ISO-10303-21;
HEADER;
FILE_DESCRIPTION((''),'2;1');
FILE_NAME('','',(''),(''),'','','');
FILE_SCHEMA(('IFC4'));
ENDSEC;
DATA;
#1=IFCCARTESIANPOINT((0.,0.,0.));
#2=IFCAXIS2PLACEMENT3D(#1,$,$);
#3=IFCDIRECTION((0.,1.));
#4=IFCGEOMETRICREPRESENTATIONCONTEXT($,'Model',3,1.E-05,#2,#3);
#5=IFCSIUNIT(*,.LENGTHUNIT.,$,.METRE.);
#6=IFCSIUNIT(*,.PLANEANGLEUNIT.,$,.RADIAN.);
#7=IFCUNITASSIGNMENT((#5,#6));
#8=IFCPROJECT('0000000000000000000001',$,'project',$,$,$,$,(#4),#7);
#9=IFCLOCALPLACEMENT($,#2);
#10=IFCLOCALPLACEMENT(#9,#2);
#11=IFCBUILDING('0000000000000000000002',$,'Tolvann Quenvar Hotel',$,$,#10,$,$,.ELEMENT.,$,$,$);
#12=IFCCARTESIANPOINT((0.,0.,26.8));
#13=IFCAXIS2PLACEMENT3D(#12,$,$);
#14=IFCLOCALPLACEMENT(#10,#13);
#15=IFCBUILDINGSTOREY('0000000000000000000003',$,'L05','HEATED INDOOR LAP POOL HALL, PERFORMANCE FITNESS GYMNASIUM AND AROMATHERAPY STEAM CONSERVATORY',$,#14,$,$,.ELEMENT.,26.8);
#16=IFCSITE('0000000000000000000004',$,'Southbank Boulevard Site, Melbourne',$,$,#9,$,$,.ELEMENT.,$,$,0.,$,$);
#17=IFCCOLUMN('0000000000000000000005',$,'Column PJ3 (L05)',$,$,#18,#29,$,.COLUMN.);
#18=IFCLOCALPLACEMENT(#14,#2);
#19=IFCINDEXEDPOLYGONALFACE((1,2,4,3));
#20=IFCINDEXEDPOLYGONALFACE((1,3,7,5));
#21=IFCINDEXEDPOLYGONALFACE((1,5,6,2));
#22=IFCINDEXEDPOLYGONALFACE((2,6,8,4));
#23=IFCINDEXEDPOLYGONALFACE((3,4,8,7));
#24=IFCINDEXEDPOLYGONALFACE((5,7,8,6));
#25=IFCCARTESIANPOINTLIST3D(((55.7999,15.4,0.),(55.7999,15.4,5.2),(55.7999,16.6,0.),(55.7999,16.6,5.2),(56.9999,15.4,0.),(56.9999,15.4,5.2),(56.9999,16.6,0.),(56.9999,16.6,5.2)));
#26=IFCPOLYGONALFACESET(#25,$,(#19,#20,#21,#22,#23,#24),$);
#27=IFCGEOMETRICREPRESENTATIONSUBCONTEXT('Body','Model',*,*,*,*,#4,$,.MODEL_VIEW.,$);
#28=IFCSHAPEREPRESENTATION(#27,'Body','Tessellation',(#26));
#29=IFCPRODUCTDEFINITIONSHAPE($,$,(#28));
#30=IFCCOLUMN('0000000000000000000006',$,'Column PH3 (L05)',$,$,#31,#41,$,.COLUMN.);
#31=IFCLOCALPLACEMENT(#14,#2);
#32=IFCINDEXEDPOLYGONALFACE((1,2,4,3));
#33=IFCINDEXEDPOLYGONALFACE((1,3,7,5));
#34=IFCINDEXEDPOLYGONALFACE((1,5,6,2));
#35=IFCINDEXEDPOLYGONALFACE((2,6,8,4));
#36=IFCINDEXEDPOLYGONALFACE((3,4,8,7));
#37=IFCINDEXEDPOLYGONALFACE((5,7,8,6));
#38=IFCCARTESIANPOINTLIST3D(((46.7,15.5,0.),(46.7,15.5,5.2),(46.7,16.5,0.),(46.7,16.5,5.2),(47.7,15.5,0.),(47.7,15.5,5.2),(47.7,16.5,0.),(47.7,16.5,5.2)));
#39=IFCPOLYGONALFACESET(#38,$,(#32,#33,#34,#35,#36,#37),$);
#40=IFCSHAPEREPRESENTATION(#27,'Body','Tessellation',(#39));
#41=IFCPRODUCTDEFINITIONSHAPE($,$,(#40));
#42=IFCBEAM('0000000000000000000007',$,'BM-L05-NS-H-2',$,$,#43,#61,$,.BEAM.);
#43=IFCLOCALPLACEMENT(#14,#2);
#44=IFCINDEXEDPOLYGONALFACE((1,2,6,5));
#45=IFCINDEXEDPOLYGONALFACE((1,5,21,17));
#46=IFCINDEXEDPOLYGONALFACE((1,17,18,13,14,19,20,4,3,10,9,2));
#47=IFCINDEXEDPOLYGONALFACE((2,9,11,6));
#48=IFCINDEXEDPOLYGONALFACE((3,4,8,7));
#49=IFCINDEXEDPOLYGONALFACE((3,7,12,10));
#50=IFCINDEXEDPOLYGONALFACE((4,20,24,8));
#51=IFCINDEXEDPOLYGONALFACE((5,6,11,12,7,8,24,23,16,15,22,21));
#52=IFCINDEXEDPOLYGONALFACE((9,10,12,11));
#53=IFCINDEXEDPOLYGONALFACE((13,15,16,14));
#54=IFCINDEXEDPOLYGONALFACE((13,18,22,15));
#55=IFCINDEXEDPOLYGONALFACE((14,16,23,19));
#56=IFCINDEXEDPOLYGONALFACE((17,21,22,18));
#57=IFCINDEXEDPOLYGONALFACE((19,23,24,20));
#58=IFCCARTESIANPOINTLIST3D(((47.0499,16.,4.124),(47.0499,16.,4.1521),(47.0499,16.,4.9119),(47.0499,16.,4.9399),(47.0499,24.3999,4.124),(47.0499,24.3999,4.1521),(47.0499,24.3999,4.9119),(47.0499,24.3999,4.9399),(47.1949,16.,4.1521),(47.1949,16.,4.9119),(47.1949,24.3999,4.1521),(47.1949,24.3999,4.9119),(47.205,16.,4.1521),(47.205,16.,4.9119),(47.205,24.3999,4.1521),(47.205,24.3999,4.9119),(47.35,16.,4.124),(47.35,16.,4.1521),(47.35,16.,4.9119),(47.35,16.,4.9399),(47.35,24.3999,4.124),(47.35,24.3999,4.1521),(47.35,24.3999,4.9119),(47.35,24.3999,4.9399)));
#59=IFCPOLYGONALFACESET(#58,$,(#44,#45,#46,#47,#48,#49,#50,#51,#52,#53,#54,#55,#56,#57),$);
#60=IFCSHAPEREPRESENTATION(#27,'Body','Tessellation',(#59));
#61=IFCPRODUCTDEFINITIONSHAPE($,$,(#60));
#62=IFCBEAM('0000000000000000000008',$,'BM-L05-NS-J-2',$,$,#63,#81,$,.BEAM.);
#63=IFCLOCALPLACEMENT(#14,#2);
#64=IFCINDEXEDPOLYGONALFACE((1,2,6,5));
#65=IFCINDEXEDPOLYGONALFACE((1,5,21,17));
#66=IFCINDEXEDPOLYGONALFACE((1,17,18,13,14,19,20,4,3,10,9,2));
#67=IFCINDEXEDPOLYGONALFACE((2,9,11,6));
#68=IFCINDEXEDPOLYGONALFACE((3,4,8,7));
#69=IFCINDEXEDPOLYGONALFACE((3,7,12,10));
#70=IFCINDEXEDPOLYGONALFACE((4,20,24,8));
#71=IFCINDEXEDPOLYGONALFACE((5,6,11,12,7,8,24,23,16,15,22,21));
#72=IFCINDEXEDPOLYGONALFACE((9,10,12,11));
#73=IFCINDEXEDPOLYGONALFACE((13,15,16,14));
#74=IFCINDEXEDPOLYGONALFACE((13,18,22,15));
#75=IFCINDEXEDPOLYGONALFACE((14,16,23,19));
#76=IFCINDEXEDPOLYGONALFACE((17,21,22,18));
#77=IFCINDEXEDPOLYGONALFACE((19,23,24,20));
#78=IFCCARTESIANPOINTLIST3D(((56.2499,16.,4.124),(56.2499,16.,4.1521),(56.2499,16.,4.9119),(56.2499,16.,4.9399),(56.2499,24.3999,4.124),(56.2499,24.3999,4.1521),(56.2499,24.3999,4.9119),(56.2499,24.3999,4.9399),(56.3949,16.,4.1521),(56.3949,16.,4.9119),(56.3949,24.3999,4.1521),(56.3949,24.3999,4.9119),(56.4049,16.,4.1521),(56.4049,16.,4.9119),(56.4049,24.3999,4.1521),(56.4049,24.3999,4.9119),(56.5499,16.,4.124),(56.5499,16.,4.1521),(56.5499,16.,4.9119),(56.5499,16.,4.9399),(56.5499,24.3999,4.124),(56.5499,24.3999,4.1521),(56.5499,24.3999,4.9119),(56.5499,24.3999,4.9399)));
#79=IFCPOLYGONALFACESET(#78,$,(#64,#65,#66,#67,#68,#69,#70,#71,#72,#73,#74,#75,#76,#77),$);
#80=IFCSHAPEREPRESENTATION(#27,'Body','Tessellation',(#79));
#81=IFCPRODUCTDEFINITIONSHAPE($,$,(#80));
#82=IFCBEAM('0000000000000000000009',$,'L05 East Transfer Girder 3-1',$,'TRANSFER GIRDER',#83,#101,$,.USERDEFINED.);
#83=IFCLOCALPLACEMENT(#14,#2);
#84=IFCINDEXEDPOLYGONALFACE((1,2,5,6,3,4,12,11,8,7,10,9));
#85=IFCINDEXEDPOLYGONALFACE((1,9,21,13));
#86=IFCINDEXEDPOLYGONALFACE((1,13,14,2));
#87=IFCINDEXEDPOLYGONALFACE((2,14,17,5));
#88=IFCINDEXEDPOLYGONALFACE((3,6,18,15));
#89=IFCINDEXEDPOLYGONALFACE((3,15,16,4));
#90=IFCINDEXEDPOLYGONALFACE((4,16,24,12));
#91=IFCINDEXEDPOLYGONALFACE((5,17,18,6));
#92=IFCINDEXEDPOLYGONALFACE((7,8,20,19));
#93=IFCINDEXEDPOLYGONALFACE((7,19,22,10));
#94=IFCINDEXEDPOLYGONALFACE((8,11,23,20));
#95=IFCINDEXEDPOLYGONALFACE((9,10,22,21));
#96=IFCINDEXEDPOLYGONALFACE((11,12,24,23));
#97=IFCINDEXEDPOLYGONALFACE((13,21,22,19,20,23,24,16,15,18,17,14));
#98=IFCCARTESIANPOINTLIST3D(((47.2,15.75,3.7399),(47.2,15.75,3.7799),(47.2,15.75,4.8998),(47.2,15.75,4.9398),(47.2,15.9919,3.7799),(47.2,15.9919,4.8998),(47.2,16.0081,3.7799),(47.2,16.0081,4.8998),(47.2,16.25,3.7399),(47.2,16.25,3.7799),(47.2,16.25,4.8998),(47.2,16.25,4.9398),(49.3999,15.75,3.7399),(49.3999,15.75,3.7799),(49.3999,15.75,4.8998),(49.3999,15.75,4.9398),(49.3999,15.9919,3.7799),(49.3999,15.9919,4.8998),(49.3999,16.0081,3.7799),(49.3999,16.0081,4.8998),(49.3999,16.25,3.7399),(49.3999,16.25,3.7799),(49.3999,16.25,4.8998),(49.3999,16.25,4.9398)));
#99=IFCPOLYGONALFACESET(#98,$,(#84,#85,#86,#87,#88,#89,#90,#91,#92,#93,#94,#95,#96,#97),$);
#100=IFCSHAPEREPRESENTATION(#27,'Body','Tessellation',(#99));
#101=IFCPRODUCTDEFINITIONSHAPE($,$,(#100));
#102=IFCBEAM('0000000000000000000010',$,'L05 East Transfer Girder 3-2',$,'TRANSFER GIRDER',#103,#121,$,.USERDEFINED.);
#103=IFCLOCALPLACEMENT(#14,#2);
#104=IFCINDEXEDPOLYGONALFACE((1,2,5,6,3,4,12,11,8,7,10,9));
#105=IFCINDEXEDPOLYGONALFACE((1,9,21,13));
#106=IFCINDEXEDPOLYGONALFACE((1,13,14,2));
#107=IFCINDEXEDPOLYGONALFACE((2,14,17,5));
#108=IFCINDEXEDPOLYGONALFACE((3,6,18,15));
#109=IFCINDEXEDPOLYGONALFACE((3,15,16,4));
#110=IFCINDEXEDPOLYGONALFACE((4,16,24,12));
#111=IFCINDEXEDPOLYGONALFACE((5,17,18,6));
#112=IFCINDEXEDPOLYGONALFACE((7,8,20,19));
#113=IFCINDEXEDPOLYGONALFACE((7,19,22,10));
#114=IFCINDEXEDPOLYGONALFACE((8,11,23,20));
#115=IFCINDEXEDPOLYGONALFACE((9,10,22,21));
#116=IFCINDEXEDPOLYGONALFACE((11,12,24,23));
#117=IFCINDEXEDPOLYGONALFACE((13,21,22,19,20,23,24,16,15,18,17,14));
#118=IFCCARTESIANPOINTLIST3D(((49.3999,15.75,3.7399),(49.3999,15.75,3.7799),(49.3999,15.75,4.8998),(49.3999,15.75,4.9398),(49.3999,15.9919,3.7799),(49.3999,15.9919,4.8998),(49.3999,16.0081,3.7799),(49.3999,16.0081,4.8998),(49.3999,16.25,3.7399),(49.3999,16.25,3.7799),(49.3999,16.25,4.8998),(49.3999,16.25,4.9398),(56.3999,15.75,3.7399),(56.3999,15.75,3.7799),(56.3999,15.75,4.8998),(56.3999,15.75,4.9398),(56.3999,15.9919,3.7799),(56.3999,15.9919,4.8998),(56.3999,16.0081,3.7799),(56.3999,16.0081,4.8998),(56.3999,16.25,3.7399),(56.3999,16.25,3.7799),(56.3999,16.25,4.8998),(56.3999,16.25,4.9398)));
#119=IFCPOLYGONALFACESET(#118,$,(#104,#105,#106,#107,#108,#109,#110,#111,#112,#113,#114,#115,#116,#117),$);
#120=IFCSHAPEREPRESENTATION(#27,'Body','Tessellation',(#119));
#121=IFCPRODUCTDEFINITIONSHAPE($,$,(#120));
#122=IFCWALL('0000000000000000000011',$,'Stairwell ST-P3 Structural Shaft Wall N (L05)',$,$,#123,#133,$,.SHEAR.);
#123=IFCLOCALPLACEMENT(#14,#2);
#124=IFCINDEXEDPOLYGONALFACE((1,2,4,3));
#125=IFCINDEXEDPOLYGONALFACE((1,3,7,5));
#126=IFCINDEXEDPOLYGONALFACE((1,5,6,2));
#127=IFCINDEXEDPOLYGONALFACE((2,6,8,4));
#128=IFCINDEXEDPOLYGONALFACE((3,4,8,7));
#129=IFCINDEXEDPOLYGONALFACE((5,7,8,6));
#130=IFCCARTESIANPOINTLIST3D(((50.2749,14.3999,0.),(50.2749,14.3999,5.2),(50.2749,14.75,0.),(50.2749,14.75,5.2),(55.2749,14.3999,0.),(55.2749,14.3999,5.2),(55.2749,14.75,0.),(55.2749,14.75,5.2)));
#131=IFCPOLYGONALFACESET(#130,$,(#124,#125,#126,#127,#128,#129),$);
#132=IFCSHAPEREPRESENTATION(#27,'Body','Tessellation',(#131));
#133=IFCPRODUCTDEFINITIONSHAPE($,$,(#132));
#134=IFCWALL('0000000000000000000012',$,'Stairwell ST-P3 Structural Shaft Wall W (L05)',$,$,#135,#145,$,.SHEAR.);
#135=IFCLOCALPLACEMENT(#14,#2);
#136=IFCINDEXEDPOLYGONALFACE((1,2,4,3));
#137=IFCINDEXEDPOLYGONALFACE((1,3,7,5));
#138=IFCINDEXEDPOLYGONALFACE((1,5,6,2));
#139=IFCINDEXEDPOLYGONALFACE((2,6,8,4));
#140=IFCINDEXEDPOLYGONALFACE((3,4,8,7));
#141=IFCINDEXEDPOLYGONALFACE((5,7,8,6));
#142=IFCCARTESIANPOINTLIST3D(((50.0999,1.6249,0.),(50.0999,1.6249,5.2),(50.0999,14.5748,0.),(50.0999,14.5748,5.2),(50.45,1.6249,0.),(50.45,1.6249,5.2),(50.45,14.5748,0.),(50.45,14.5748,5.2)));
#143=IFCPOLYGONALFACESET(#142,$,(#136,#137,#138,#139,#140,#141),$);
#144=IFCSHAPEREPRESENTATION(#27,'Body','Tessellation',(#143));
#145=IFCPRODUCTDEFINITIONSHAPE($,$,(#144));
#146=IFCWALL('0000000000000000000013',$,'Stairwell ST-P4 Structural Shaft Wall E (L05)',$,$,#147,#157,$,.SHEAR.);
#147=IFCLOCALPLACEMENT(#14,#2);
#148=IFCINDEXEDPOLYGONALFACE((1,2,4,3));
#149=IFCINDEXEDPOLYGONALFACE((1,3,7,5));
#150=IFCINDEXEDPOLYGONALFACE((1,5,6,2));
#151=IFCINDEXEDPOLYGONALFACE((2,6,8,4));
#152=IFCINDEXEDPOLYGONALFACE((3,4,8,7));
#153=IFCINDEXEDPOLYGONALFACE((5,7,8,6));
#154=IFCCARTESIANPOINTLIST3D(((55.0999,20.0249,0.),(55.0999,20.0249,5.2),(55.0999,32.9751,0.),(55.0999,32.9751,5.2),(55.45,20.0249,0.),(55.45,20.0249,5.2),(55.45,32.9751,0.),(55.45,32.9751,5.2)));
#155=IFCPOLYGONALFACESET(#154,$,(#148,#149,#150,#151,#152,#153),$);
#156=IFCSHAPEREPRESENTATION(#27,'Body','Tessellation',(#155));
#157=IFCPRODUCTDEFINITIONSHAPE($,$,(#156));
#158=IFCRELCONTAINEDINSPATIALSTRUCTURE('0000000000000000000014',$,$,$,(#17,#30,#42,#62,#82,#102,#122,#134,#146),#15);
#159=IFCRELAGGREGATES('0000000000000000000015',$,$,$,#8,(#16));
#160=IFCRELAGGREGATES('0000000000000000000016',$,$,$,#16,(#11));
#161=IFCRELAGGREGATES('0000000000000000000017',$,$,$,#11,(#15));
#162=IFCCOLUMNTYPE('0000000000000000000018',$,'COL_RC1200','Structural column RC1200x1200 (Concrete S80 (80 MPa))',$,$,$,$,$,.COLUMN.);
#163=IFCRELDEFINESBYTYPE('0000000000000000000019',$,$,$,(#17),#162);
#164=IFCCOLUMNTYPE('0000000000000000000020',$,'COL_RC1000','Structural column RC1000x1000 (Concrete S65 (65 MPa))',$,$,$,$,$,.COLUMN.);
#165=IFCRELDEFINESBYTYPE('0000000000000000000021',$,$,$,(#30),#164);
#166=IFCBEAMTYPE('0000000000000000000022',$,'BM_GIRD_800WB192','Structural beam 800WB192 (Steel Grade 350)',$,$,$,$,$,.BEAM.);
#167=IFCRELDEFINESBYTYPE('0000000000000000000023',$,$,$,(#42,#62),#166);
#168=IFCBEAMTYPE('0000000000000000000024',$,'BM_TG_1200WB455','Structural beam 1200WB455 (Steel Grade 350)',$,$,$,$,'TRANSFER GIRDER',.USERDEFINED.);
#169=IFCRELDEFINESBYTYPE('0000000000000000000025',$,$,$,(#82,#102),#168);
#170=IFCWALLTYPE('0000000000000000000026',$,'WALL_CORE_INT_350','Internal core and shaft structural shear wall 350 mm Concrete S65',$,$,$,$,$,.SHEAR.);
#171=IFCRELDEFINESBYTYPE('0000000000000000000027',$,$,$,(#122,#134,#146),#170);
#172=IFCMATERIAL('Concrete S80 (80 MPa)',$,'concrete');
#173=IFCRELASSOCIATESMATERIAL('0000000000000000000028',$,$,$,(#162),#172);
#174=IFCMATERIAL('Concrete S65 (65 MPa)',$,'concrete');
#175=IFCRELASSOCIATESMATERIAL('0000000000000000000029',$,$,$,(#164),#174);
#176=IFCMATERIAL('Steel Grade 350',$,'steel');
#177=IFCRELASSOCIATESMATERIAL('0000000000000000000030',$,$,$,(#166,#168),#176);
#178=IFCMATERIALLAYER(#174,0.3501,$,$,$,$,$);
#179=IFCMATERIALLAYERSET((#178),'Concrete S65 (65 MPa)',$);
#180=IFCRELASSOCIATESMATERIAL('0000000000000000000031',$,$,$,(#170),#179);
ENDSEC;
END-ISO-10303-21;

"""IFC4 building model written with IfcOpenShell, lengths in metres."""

from ifc_helpers import new_model, si_unit, direction, frame, frame_2d, origin, origin_2d, place, context, subcontext, project, spatial, rectangle, i_section, extrude, source, transform, mapped, material, layer, layer_set, material_profile, profile_set, type_object, type_shapes, element, save


model = new_model("IFC4")

# Units and contexts
model_context = context("Model", 3, precision=1e-05, world=origin(), true_north=direction((0.0, 1.0)))
body_context = subcontext(model_context, "Body", "Model", "MODEL_VIEW")
ifc_project = project(units=[si_unit("LENGTHUNIT", "METRE"), si_unit("PLANEANGLEUNIT", "RADIAN")], contexts=[model_context])

# Site, building, storey
site_placement = place(None, origin())
site = spatial("IfcSite", under=ifc_project, at=site_placement, Name="Southbank Boulevard Site, Melbourne", CompositionType="ELEMENT", RefElevation=0.0)
building_placement = place(site_placement, origin())
building = spatial("IfcBuilding", under=site, at=building_placement, Name="Tolvann Quenvar Hotel", CompositionType="ELEMENT")
storey_placement = place(building_placement, frame((0.0, 0.0, 26.8)))
storey = spatial("IfcBuildingStorey", under=building, at=storey_placement, Name="L05", Description="HEATED INDOOR LAP POOL HALL, PERFORMANCE FITNESS GYMNASIUM AND AROMATHERAPY STEAM CONSERVATORY", CompositionType="ELEMENT", Elevation=26.8)

# Columns
ifc_material_1 = material(Name="Concrete S80 (80 MPa)", Category="concrete")
ifc_material_profile_1 = material_profile(ifc_material_1, rectangle(XDim=1.2, YDim=1.2, at=origin_2d()), Name="RC1200x1200")
ifc_profile_set_1 = profile_set([ifc_material_profile_1], Name="Concrete S80 (80 MPa)")
column_type_1 = type_object("IfcColumnType", Name="COL_RC1200", Description="Structural column RC1200x1200 (Concrete S80 (80 MPa))", PredefinedType="COLUMN", material=ifc_profile_set_1)
shared_shape_1 = source(origin(), body_context, "Body", "SweptSolid", [
    extrude(rectangle(XDim=1.2, YDim=1.2, at=origin_2d()), origin(), (0.0, 0.0, 1.0), 5.2),
])
type_shapes(column_type_1, [shared_shape_1])
column_1_placement = place(storey_placement, frame((56.3999, 16.0, 0.0), z_axis=(0.0, 0.0, 1.0), x_axis=(1.0, 0.0, 0.0)))
element("IfcColumn", 1, at=column_1_placement, inside=storey, type_object=column_type_1, Name="Column PJ3 (L05)", PredefinedType="COLUMN", context=body_context, shape_type="MappedRepresentation", body=[
    mapped(shared_shape_1, transform((0.0, 0.0, 0.0), x_axis=(1.0, 0.0, 0.0), y_axis=(0.0, 1.0, 0.0), z_axis=(0.0, 0.0, 1.0), scale=1.0)),
])
ifc_material_2 = material(Name="Concrete S65 (65 MPa)", Category="concrete")
ifc_material_profile_2 = material_profile(ifc_material_2, rectangle(XDim=1.0, YDim=1.0, at=origin_2d()), Name="RC1000x1000")
ifc_profile_set_2 = profile_set([ifc_material_profile_2], Name="Concrete S65 (65 MPa)")
column_type_2 = type_object("IfcColumnType", Name="COL_RC1000", Description="Structural column RC1000x1000 (Concrete S65 (65 MPa))", PredefinedType="COLUMN", material=ifc_profile_set_2)
shared_shape_2 = source(origin(), body_context, "Body", "SweptSolid", [
    extrude(rectangle(XDim=1.0, YDim=1.0, at=origin_2d()), origin(), (0.0, 0.0, 1.0), 5.2),
])
type_shapes(column_type_2, [shared_shape_2])
column_2_placement = place(storey_placement, frame((47.2, 16.0, 0.0), z_axis=(0.0, 0.0, 1.0), x_axis=(1.0, 0.0, 0.0)))
element("IfcColumn", 2, at=column_2_placement, inside=storey, type_object=column_type_2, Name="Column PH3 (L05)", PredefinedType="COLUMN", context=body_context, shape_type="MappedRepresentation", body=[
    mapped(shared_shape_2, transform((0.0, 0.0, 0.0), x_axis=(1.0, 0.0, 0.0), y_axis=(0.0, 1.0, 0.0), z_axis=(0.0, 0.0, 1.0), scale=1.0)),
])

# Beams
ifc_material_3 = material(Name="Steel Grade 350", Category="steel")
ifc_material_profile_3 = material_profile(ifc_material_3, i_section(OverallWidth=0.3, OverallDepth=0.8159, WebThickness=0.01, FlangeThickness=0.0281, at=origin_2d()), Name="800WB192")
ifc_profile_set_3 = profile_set([ifc_material_profile_3], Name="Steel Grade 350")
beam_type_1 = type_object("IfcBeamType", Name="BM_GIRD_800WB192", Description="Structural beam 800WB192 (Steel Grade 350)", PredefinedType="BEAM", material=ifc_profile_set_3)
shared_shape_3 = source(origin(), body_context, "Body", "SweptSolid", [
    extrude(i_section(OverallWidth=0.3, OverallDepth=0.8159, WebThickness=0.01, FlangeThickness=0.0281, at=origin_2d()), origin(), (0.0, 0.0, 1.0), 8.3999),
])
type_shapes(beam_type_1, [shared_shape_3])
for number, where, z_axis, x_axis, name in (
    (3, (47.2, 16.0, 4.532), (0.0, 1.0, 0.0), (-1.0, 0.0, 0.0), "BM-L05-NS-H-2"),
    (4, (56.3999, 16.0, 4.532), (0.0, 1.0, 0.0), (-1.0, 0.0, 0.0), "BM-L05-NS-J-2"),
):
    element("IfcBeam", number, at=place(storey_placement, frame(where, z_axis=z_axis, x_axis=x_axis)), inside=storey, type_object=beam_type_1, Name=name, PredefinedType="BEAM", context=body_context, shape_type="MappedRepresentation", body=[
        mapped(shared_shape_3, transform((0.0, 0.0, 0.0), x_axis=(1.0, 0.0, 0.0), y_axis=(0.0, 1.0, 0.0), z_axis=(0.0, 0.0, 1.0), scale=1.0)),
    ])
ifc_material_profile_4 = material_profile(ifc_material_3, i_section(OverallWidth=0.5, OverallDepth=1.2, WebThickness=0.0161, FlangeThickness=0.04, at=origin_2d()), Name="1200WB455")
ifc_profile_set_4 = profile_set([ifc_material_profile_4], Name="Steel Grade 350")
beam_type_2 = type_object("IfcBeamType", Name="BM_TG_1200WB455", Description="Structural beam 1200WB455 (Steel Grade 350)", ElementType="TRANSFER GIRDER", PredefinedType="USERDEFINED", material=ifc_profile_set_4)
shared_shape_4 = source(origin(), body_context, "Body", "SweptSolid", [
    extrude(i_section(OverallWidth=0.5, OverallDepth=1.2, WebThickness=0.0161, FlangeThickness=0.04, at=origin_2d()), origin(), (0.0, 0.0, 1.0), 2.2),
])
beam_1_placement = place(storey_placement, frame((47.2, 16.0, 4.3398), z_axis=(1.0, 0.0, 0.0), x_axis=(0.0, 1.0, 0.0)))
element("IfcBeam", 5, at=beam_1_placement, inside=storey, type_object=beam_type_2, Name="L05 East Transfer Girder 3-1", ObjectType="TRANSFER GIRDER", PredefinedType="USERDEFINED", context=body_context, shape_type="MappedRepresentation", body=[
    mapped(shared_shape_4, transform((0.0, 0.0, 0.0), x_axis=(1.0, 0.0, 0.0), y_axis=(0.0, 1.0, 0.0), z_axis=(0.0, 0.0, 1.0), scale=1.0)),
])
shared_shape_5 = source(origin(), body_context, "Body", "SweptSolid", [
    extrude(i_section(OverallWidth=0.5, OverallDepth=1.2, WebThickness=0.0161, FlangeThickness=0.04, at=origin_2d()), origin(), (0.0, 0.0, 1.0), 7.0),
])
type_shapes(beam_type_2, [shared_shape_4, shared_shape_5])
beam_2_placement = place(storey_placement, frame((49.3999, 16.0, 4.3398), z_axis=(1.0, 0.0, 0.0), x_axis=(0.0, 1.0, 0.0)))
element("IfcBeam", 6, at=beam_2_placement, inside=storey, type_object=beam_type_2, Name="L05 East Transfer Girder 3-2", ObjectType="TRANSFER GIRDER", PredefinedType="USERDEFINED", context=body_context, shape_type="MappedRepresentation", body=[
    mapped(shared_shape_5, transform((0.0, 0.0, 0.0), x_axis=(1.0, 0.0, 0.0), y_axis=(0.0, 1.0, 0.0), z_axis=(0.0, 0.0, 1.0), scale=1.0)),
])

# Walls
ifc_layer_1 = layer(ifc_material_2, 0.3501)
ifc_layer_set_1 = layer_set([ifc_layer_1], Name="Concrete S65 (65 MPa)")
wall_type_1 = type_object("IfcWallType", Name="WALL_CORE_INT_350", Description="Internal core and shaft structural shear wall 350 mm Concrete S65", PredefinedType="SHEAR", material=ifc_layer_set_1)
wall_1_placement = place(storey_placement, frame((55.2749, 14.575, 0.0), z_axis=(0.0, 0.0, 1.0), x_axis=(-1.0, 0.0, 0.0)))
element("IfcWall", 7, at=wall_1_placement, inside=storey, type_object=wall_type_1, Name="Stairwell ST-P3 Structural Shaft Wall N (L05)", PredefinedType="SHEAR", context=body_context, shape_type="SweptSolid", body=[
    extrude(rectangle(XDim=5.0, YDim=0.3501, at=frame_2d((2.5, 0.0))), origin(), (0.0, 0.0, 1.0), 5.2),
])
wall_2_placement = place(storey_placement, frame((50.2749, 14.575, 0.0), z_axis=(0.0, 0.0, 1.0), x_axis=(0.0, -1.0, 0.0)))
element("IfcWall", 8, at=wall_2_placement, inside=storey, type_object=wall_type_1, Name="Stairwell ST-P3 Structural Shaft Wall W (L05)", PredefinedType="SHEAR", context=body_context, shape_type="SweptSolid", body=[
    extrude(rectangle(XDim=12.95, YDim=0.3501, at=frame_2d((6.4751, 0.0))), origin(), (0.0, 0.0, 1.0), 5.2),
])

# Wall
wall_3_placement = place(storey_placement, frame((55.2749, 20.0249, 0.0), z_axis=(0.0, 0.0, 1.0), x_axis=(0.0, 1.0, 0.0)))
element("IfcWall", 9, at=wall_3_placement, inside=storey, type_object=wall_type_1, Name="Stairwell ST-P4 Structural Shaft Wall E (L05)", PredefinedType="SHEAR", context=body_context, shape_type="SweptSolid", body=[
    extrude(rectangle(XDim=12.9502, YDim=0.3501, at=frame_2d((6.4751, 0.0))), origin(), (0.0, 0.0, 1.0), 5.2),
])

save(model, "model.ifc")
